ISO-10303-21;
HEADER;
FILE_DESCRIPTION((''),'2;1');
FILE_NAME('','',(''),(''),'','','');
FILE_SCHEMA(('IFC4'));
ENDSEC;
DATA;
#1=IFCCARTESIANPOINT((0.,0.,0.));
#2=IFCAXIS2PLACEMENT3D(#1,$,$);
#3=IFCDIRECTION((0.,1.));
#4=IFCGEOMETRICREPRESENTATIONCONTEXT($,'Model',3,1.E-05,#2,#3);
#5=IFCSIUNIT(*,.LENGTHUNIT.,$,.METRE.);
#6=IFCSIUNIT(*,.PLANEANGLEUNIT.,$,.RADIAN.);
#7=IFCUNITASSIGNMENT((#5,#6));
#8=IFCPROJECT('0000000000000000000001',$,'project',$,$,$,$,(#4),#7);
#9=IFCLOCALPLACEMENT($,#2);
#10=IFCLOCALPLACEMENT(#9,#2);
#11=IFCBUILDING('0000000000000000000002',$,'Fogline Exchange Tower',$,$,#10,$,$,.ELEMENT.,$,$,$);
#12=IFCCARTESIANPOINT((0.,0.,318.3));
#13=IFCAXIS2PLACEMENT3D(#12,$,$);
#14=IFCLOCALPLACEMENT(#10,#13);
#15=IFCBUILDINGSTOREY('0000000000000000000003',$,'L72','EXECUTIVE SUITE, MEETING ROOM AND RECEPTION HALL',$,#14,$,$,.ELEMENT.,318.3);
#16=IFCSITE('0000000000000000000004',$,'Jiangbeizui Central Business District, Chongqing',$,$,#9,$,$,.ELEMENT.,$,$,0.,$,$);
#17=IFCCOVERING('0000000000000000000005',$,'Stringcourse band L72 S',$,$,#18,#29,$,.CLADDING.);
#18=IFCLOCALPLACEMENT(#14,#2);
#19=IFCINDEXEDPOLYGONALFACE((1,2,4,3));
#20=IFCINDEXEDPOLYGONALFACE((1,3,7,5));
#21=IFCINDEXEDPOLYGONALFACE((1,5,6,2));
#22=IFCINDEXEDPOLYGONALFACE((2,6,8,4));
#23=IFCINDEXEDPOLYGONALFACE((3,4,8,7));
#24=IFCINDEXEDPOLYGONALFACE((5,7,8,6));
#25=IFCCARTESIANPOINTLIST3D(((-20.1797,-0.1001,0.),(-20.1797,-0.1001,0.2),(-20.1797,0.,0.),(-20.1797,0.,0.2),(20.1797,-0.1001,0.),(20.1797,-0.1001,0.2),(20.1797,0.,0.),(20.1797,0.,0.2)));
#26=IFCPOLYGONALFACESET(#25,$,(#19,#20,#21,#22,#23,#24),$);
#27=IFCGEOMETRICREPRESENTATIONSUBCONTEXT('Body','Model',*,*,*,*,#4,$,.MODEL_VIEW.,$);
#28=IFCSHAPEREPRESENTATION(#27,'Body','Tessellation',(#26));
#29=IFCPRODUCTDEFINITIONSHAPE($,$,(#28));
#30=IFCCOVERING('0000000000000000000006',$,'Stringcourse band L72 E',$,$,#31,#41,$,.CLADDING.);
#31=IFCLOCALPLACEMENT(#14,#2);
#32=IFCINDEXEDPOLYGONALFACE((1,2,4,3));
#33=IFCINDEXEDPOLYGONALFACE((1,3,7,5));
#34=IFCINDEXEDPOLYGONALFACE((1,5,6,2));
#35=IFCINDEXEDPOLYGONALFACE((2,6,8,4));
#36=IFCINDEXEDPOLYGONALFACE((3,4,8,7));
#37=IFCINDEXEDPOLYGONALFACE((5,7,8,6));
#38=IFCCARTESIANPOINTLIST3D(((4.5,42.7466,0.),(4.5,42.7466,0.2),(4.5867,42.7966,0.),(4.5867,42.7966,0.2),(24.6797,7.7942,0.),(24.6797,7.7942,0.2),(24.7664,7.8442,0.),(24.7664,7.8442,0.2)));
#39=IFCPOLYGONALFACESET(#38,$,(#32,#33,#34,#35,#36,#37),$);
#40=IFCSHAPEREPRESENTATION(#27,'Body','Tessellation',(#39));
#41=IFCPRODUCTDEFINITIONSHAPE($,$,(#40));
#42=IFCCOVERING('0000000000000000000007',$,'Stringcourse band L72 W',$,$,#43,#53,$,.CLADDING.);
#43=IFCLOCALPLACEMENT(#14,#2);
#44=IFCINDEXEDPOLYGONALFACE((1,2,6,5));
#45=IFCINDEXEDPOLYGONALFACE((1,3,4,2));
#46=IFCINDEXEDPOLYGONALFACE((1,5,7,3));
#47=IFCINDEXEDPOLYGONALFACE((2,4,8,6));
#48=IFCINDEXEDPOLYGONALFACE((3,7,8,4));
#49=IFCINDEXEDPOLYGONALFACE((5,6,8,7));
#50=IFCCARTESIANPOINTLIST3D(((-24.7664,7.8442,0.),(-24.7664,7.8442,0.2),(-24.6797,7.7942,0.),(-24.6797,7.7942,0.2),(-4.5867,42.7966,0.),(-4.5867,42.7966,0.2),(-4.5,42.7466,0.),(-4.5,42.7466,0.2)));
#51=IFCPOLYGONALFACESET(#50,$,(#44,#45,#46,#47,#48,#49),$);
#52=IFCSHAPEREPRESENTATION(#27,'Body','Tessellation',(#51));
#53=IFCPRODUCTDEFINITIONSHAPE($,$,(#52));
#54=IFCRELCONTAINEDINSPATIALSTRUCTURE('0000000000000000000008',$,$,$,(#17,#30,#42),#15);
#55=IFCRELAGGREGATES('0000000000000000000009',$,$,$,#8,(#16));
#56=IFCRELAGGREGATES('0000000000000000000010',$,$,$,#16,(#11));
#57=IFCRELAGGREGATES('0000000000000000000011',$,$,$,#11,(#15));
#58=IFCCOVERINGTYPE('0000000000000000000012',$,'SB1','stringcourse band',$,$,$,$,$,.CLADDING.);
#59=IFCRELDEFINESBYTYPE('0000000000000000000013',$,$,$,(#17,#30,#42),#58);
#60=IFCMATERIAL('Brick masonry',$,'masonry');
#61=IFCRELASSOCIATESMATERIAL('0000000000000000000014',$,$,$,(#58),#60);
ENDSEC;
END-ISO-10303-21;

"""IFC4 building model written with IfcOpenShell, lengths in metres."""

from ifc_helpers import new_model, si_unit, direction, frame, origin, place, context, subcontext, project, spatial, polyline, outline, extrude, material, type_object, element, save


model = new_model("IFC4")

# Units and contexts
model_context = context("Model", 3, precision=1e-05, world=origin(), true_north=direction((0.0, 1.0)))
body_context = subcontext(model_context, "Body", "Model", "MODEL_VIEW")
ifc_project = project(units=[si_unit("LENGTHUNIT", "METRE"), si_unit("PLANEANGLEUNIT", "RADIAN")], contexts=[model_context])

# Site, building, storey
site_placement = place(None, origin())
site = spatial("IfcSite", under=ifc_project, at=site_placement, Name="Jiangbeizui Central Business District, Chongqing", CompositionType="ELEMENT", RefElevation=0.0)
building_placement = place(site_placement, origin())
building = spatial("IfcBuilding", under=site, at=building_placement, Name="Fogline Exchange Tower", CompositionType="ELEMENT")
storey_placement = place(building_placement, frame((0.0, 0.0, 318.3)))
storey = spatial("IfcBuildingStorey", under=building, at=storey_placement, Name="L72", Description="EXECUTIVE SUITE, MEETING ROOM AND RECEPTION HALL", CompositionType="ELEMENT", Elevation=318.3)

# Coverings
ifc_material_1 = material(Name="Brick masonry", Category="masonry")
covering_type_1 = type_object("IfcCoveringType", Name="SB1", Description="stringcourse band", PredefinedType="CLADDING", material=ifc_material_1)
covering_1_placement = place(storey_placement, origin())
element("IfcCovering", 1, at=covering_1_placement, inside=storey, type_object=covering_type_1, Name="Stringcourse band L72 S", PredefinedType="CLADDING", context=body_context, shape_type="SweptSolid", body=[
    extrude(outline(polyline([(-20.1797, 0.0), (-20.1797, -0.1001), (20.1797, -0.1001), (20.1797, 0.0), (-20.1797, 0.0)])), origin(), (0.0, 0.0, 1.0), 0.2),
])
covering_2_placement = place(storey_placement, origin())
element("IfcCovering", 2, at=covering_2_placement, inside=storey, type_object=covering_type_1, Name="Stringcourse band L72 E", PredefinedType="CLADDING", context=body_context, shape_type="SweptSolid", body=[
    extrude(outline(polyline([(24.6797, 7.7942), (24.7664, 7.8442), (4.5867, 42.7966), (4.5, 42.7466), (24.6797, 7.7942)])), origin(), (0.0, 0.0, 1.0), 0.2),
])
covering_3_placement = place(storey_placement, origin())
element("IfcCovering", 3, at=covering_3_placement, inside=storey, type_object=covering_type_1, Name="Stringcourse band L72 W", PredefinedType="CLADDING", context=body_context, shape_type="SweptSolid", body=[
    extrude(outline(polyline([(-4.5, 42.7466), (-4.5867, 42.7966), (-24.7664, 7.8442), (-24.6797, 7.7942), (-4.5, 42.7466)])), origin(), (0.0, 0.0, 1.0), 0.2),
])

save(model, "model.ifc")
